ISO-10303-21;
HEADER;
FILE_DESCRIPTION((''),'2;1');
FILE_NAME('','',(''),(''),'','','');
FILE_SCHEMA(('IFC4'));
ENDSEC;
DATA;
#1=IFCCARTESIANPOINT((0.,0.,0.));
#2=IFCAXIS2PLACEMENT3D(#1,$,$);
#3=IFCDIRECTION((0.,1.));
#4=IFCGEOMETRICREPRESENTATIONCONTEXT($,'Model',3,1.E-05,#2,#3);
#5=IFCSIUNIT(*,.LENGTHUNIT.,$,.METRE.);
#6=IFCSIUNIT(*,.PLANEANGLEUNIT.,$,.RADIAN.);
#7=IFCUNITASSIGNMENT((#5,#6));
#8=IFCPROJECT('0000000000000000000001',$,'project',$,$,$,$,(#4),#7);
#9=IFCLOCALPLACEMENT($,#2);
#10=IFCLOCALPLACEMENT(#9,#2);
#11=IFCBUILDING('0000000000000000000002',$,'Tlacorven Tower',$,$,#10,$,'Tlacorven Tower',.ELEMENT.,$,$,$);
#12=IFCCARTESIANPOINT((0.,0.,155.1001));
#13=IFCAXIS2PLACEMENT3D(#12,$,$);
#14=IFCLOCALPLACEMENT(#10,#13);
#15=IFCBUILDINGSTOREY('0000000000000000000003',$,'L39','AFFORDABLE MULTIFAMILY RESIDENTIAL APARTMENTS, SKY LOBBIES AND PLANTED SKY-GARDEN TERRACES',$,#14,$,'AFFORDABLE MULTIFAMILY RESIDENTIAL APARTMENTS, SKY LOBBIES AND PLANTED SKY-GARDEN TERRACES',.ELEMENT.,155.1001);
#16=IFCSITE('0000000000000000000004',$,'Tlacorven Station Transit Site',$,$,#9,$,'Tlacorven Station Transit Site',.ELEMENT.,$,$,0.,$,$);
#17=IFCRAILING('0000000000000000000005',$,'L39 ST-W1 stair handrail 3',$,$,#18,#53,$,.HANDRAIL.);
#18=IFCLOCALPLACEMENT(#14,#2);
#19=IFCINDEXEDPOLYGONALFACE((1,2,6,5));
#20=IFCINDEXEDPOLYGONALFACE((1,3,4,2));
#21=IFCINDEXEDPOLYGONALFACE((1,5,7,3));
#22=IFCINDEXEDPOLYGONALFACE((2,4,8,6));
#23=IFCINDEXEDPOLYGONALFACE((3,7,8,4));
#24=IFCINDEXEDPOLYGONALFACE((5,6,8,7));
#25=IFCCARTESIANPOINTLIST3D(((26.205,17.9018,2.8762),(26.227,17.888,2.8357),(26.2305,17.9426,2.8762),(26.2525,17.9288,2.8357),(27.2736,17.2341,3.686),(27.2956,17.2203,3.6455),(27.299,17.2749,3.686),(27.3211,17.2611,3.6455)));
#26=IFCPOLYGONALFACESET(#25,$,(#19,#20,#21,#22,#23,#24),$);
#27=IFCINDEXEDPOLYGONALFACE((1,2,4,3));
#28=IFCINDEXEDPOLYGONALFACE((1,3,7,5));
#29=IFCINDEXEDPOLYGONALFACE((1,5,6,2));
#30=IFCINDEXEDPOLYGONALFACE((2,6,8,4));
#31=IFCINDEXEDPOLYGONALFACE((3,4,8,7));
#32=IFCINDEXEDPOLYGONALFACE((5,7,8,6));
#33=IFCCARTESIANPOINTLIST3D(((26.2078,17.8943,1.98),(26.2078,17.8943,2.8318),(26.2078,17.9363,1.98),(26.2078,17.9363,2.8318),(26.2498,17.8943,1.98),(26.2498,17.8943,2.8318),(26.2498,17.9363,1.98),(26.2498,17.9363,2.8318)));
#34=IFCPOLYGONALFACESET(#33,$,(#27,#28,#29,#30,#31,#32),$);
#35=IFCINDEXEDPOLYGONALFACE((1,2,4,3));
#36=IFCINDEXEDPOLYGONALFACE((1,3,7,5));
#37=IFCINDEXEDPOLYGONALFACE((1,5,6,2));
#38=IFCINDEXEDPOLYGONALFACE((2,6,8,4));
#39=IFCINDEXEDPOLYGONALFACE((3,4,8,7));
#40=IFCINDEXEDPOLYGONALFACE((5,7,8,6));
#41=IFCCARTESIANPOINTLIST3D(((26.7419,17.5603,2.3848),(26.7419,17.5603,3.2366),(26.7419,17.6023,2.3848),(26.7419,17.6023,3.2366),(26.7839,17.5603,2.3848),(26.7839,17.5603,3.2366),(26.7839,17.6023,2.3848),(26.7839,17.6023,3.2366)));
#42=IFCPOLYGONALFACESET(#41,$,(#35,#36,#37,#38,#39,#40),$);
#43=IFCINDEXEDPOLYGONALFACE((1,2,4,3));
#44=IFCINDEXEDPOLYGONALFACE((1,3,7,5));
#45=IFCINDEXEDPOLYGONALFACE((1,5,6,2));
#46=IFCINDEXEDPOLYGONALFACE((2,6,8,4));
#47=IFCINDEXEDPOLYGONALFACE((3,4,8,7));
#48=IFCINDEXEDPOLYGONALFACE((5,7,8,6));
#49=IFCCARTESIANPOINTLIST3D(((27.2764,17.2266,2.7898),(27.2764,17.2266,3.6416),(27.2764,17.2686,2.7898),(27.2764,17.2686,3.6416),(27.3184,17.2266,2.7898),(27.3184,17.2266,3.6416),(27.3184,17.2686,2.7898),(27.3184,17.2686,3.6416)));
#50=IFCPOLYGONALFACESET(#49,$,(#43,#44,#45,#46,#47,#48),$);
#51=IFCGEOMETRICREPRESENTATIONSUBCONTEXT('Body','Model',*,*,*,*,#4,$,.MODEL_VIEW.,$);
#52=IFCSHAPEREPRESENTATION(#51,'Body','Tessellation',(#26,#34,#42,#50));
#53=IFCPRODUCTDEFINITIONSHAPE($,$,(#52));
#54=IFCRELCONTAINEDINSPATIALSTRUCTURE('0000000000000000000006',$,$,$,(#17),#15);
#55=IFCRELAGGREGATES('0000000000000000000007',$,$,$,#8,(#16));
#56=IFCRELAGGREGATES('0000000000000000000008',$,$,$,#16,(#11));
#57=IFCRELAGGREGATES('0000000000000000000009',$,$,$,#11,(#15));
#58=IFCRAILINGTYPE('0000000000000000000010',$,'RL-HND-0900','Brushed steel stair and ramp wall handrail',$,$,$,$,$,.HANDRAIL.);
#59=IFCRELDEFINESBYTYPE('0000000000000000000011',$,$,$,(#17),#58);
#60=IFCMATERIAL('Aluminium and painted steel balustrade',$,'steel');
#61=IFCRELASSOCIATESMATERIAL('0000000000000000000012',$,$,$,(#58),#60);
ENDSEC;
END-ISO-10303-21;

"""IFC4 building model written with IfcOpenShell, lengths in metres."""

from ifc_helpers import new_model, si_unit, direction, frame, origin, origin_2d, place, context, subcontext, project, spatial, rectangle, extrude, source, transform, mapped, material, type_object, element, save


model = new_model("IFC4")

# Units and contexts
model_context = context("Model", 3, precision=1e-05, world=origin(), true_north=direction((0.0, 1.0)))
body_context = subcontext(model_context, "Body", "Model", "MODEL_VIEW")
ifc_project = project(units=[si_unit("LENGTHUNIT", "METRE"), si_unit("PLANEANGLEUNIT", "RADIAN")], contexts=[model_context])

# Site, building, storey
site_placement = place(None, origin())
site = spatial("IfcSite", under=ifc_project, at=site_placement, Name="Tlacorven Station Transit Site", LongName="Tlacorven Station Transit Site", CompositionType="ELEMENT", RefElevation=0.0)
building_placement = place(site_placement, origin())
building = spatial("IfcBuilding", under=site, at=building_placement, Name="Tlacorven Tower", LongName="Tlacorven Tower", CompositionType="ELEMENT")
storey_placement = place(building_placement, frame((0.0, 0.0, 155.1001)))
storey = spatial("IfcBuildingStorey", under=building, at=storey_placement, Name="L39", Description="AFFORDABLE MULTIFAMILY RESIDENTIAL APARTMENTS, SKY LOBBIES AND PLANTED SKY-GARDEN TERRACES", LongName="AFFORDABLE MULTIFAMILY RESIDENTIAL APARTMENTS, SKY LOBBIES AND PLANTED SKY-GARDEN TERRACES", CompositionType="ELEMENT", Elevation=155.1001)

# Railing
ifc_material_1 = material(Name="Aluminium and painted steel balustrade", Category="steel")
railing_type_1 = type_object("IfcRailingType", Name="RL-HND-0900", Description="Brushed steel stair and ramp wall handrail", PredefinedType="HANDRAIL", material=ifc_material_1)
shared_shape_1 = source(origin(), body_context, "Body", "SweptSolid", [
    extrude(rectangle(XDim=0.0481, YDim=0.0481, at=origin_2d()), frame((0.0, 0.0, 0.876), z_axis=(0.713423, -0.445787, 0.540649), x_axis=(0.529912, 0.848053, 0.0)), (0.0, 0.0, 1.0), 1.4978),
    extrude(rectangle(XDim=0.042, YDim=0.042, at=origin_2d()), origin(), (0.0, 0.0, 1.0), 0.8518),
    extrude(rectangle(XDim=0.042, YDim=0.042, at=origin_2d()), frame((0.5342, -0.334, 0.4048)), (0.0, 0.0, 1.0), 0.8518),
    extrude(rectangle(XDim=0.042, YDim=0.042, at=origin_2d()), frame((1.0686, -0.6677, 0.8098)), (0.0, 0.0, 1.0), 0.8518),
])
railing_1_placement = place(storey_placement, frame((26.2288, 17.9153, 1.98)))
element("IfcRailing", 1, at=railing_1_placement, inside=storey, type_object=railing_type_1, Name="L39 ST-W1 stair handrail 3", PredefinedType="HANDRAIL", context=body_context, shape_type="MappedRepresentation", body=[
    mapped(shared_shape_1, transform((0.0, 0.0, 0.0), scale=1.0)),
])

save(model, "model.ifc")
